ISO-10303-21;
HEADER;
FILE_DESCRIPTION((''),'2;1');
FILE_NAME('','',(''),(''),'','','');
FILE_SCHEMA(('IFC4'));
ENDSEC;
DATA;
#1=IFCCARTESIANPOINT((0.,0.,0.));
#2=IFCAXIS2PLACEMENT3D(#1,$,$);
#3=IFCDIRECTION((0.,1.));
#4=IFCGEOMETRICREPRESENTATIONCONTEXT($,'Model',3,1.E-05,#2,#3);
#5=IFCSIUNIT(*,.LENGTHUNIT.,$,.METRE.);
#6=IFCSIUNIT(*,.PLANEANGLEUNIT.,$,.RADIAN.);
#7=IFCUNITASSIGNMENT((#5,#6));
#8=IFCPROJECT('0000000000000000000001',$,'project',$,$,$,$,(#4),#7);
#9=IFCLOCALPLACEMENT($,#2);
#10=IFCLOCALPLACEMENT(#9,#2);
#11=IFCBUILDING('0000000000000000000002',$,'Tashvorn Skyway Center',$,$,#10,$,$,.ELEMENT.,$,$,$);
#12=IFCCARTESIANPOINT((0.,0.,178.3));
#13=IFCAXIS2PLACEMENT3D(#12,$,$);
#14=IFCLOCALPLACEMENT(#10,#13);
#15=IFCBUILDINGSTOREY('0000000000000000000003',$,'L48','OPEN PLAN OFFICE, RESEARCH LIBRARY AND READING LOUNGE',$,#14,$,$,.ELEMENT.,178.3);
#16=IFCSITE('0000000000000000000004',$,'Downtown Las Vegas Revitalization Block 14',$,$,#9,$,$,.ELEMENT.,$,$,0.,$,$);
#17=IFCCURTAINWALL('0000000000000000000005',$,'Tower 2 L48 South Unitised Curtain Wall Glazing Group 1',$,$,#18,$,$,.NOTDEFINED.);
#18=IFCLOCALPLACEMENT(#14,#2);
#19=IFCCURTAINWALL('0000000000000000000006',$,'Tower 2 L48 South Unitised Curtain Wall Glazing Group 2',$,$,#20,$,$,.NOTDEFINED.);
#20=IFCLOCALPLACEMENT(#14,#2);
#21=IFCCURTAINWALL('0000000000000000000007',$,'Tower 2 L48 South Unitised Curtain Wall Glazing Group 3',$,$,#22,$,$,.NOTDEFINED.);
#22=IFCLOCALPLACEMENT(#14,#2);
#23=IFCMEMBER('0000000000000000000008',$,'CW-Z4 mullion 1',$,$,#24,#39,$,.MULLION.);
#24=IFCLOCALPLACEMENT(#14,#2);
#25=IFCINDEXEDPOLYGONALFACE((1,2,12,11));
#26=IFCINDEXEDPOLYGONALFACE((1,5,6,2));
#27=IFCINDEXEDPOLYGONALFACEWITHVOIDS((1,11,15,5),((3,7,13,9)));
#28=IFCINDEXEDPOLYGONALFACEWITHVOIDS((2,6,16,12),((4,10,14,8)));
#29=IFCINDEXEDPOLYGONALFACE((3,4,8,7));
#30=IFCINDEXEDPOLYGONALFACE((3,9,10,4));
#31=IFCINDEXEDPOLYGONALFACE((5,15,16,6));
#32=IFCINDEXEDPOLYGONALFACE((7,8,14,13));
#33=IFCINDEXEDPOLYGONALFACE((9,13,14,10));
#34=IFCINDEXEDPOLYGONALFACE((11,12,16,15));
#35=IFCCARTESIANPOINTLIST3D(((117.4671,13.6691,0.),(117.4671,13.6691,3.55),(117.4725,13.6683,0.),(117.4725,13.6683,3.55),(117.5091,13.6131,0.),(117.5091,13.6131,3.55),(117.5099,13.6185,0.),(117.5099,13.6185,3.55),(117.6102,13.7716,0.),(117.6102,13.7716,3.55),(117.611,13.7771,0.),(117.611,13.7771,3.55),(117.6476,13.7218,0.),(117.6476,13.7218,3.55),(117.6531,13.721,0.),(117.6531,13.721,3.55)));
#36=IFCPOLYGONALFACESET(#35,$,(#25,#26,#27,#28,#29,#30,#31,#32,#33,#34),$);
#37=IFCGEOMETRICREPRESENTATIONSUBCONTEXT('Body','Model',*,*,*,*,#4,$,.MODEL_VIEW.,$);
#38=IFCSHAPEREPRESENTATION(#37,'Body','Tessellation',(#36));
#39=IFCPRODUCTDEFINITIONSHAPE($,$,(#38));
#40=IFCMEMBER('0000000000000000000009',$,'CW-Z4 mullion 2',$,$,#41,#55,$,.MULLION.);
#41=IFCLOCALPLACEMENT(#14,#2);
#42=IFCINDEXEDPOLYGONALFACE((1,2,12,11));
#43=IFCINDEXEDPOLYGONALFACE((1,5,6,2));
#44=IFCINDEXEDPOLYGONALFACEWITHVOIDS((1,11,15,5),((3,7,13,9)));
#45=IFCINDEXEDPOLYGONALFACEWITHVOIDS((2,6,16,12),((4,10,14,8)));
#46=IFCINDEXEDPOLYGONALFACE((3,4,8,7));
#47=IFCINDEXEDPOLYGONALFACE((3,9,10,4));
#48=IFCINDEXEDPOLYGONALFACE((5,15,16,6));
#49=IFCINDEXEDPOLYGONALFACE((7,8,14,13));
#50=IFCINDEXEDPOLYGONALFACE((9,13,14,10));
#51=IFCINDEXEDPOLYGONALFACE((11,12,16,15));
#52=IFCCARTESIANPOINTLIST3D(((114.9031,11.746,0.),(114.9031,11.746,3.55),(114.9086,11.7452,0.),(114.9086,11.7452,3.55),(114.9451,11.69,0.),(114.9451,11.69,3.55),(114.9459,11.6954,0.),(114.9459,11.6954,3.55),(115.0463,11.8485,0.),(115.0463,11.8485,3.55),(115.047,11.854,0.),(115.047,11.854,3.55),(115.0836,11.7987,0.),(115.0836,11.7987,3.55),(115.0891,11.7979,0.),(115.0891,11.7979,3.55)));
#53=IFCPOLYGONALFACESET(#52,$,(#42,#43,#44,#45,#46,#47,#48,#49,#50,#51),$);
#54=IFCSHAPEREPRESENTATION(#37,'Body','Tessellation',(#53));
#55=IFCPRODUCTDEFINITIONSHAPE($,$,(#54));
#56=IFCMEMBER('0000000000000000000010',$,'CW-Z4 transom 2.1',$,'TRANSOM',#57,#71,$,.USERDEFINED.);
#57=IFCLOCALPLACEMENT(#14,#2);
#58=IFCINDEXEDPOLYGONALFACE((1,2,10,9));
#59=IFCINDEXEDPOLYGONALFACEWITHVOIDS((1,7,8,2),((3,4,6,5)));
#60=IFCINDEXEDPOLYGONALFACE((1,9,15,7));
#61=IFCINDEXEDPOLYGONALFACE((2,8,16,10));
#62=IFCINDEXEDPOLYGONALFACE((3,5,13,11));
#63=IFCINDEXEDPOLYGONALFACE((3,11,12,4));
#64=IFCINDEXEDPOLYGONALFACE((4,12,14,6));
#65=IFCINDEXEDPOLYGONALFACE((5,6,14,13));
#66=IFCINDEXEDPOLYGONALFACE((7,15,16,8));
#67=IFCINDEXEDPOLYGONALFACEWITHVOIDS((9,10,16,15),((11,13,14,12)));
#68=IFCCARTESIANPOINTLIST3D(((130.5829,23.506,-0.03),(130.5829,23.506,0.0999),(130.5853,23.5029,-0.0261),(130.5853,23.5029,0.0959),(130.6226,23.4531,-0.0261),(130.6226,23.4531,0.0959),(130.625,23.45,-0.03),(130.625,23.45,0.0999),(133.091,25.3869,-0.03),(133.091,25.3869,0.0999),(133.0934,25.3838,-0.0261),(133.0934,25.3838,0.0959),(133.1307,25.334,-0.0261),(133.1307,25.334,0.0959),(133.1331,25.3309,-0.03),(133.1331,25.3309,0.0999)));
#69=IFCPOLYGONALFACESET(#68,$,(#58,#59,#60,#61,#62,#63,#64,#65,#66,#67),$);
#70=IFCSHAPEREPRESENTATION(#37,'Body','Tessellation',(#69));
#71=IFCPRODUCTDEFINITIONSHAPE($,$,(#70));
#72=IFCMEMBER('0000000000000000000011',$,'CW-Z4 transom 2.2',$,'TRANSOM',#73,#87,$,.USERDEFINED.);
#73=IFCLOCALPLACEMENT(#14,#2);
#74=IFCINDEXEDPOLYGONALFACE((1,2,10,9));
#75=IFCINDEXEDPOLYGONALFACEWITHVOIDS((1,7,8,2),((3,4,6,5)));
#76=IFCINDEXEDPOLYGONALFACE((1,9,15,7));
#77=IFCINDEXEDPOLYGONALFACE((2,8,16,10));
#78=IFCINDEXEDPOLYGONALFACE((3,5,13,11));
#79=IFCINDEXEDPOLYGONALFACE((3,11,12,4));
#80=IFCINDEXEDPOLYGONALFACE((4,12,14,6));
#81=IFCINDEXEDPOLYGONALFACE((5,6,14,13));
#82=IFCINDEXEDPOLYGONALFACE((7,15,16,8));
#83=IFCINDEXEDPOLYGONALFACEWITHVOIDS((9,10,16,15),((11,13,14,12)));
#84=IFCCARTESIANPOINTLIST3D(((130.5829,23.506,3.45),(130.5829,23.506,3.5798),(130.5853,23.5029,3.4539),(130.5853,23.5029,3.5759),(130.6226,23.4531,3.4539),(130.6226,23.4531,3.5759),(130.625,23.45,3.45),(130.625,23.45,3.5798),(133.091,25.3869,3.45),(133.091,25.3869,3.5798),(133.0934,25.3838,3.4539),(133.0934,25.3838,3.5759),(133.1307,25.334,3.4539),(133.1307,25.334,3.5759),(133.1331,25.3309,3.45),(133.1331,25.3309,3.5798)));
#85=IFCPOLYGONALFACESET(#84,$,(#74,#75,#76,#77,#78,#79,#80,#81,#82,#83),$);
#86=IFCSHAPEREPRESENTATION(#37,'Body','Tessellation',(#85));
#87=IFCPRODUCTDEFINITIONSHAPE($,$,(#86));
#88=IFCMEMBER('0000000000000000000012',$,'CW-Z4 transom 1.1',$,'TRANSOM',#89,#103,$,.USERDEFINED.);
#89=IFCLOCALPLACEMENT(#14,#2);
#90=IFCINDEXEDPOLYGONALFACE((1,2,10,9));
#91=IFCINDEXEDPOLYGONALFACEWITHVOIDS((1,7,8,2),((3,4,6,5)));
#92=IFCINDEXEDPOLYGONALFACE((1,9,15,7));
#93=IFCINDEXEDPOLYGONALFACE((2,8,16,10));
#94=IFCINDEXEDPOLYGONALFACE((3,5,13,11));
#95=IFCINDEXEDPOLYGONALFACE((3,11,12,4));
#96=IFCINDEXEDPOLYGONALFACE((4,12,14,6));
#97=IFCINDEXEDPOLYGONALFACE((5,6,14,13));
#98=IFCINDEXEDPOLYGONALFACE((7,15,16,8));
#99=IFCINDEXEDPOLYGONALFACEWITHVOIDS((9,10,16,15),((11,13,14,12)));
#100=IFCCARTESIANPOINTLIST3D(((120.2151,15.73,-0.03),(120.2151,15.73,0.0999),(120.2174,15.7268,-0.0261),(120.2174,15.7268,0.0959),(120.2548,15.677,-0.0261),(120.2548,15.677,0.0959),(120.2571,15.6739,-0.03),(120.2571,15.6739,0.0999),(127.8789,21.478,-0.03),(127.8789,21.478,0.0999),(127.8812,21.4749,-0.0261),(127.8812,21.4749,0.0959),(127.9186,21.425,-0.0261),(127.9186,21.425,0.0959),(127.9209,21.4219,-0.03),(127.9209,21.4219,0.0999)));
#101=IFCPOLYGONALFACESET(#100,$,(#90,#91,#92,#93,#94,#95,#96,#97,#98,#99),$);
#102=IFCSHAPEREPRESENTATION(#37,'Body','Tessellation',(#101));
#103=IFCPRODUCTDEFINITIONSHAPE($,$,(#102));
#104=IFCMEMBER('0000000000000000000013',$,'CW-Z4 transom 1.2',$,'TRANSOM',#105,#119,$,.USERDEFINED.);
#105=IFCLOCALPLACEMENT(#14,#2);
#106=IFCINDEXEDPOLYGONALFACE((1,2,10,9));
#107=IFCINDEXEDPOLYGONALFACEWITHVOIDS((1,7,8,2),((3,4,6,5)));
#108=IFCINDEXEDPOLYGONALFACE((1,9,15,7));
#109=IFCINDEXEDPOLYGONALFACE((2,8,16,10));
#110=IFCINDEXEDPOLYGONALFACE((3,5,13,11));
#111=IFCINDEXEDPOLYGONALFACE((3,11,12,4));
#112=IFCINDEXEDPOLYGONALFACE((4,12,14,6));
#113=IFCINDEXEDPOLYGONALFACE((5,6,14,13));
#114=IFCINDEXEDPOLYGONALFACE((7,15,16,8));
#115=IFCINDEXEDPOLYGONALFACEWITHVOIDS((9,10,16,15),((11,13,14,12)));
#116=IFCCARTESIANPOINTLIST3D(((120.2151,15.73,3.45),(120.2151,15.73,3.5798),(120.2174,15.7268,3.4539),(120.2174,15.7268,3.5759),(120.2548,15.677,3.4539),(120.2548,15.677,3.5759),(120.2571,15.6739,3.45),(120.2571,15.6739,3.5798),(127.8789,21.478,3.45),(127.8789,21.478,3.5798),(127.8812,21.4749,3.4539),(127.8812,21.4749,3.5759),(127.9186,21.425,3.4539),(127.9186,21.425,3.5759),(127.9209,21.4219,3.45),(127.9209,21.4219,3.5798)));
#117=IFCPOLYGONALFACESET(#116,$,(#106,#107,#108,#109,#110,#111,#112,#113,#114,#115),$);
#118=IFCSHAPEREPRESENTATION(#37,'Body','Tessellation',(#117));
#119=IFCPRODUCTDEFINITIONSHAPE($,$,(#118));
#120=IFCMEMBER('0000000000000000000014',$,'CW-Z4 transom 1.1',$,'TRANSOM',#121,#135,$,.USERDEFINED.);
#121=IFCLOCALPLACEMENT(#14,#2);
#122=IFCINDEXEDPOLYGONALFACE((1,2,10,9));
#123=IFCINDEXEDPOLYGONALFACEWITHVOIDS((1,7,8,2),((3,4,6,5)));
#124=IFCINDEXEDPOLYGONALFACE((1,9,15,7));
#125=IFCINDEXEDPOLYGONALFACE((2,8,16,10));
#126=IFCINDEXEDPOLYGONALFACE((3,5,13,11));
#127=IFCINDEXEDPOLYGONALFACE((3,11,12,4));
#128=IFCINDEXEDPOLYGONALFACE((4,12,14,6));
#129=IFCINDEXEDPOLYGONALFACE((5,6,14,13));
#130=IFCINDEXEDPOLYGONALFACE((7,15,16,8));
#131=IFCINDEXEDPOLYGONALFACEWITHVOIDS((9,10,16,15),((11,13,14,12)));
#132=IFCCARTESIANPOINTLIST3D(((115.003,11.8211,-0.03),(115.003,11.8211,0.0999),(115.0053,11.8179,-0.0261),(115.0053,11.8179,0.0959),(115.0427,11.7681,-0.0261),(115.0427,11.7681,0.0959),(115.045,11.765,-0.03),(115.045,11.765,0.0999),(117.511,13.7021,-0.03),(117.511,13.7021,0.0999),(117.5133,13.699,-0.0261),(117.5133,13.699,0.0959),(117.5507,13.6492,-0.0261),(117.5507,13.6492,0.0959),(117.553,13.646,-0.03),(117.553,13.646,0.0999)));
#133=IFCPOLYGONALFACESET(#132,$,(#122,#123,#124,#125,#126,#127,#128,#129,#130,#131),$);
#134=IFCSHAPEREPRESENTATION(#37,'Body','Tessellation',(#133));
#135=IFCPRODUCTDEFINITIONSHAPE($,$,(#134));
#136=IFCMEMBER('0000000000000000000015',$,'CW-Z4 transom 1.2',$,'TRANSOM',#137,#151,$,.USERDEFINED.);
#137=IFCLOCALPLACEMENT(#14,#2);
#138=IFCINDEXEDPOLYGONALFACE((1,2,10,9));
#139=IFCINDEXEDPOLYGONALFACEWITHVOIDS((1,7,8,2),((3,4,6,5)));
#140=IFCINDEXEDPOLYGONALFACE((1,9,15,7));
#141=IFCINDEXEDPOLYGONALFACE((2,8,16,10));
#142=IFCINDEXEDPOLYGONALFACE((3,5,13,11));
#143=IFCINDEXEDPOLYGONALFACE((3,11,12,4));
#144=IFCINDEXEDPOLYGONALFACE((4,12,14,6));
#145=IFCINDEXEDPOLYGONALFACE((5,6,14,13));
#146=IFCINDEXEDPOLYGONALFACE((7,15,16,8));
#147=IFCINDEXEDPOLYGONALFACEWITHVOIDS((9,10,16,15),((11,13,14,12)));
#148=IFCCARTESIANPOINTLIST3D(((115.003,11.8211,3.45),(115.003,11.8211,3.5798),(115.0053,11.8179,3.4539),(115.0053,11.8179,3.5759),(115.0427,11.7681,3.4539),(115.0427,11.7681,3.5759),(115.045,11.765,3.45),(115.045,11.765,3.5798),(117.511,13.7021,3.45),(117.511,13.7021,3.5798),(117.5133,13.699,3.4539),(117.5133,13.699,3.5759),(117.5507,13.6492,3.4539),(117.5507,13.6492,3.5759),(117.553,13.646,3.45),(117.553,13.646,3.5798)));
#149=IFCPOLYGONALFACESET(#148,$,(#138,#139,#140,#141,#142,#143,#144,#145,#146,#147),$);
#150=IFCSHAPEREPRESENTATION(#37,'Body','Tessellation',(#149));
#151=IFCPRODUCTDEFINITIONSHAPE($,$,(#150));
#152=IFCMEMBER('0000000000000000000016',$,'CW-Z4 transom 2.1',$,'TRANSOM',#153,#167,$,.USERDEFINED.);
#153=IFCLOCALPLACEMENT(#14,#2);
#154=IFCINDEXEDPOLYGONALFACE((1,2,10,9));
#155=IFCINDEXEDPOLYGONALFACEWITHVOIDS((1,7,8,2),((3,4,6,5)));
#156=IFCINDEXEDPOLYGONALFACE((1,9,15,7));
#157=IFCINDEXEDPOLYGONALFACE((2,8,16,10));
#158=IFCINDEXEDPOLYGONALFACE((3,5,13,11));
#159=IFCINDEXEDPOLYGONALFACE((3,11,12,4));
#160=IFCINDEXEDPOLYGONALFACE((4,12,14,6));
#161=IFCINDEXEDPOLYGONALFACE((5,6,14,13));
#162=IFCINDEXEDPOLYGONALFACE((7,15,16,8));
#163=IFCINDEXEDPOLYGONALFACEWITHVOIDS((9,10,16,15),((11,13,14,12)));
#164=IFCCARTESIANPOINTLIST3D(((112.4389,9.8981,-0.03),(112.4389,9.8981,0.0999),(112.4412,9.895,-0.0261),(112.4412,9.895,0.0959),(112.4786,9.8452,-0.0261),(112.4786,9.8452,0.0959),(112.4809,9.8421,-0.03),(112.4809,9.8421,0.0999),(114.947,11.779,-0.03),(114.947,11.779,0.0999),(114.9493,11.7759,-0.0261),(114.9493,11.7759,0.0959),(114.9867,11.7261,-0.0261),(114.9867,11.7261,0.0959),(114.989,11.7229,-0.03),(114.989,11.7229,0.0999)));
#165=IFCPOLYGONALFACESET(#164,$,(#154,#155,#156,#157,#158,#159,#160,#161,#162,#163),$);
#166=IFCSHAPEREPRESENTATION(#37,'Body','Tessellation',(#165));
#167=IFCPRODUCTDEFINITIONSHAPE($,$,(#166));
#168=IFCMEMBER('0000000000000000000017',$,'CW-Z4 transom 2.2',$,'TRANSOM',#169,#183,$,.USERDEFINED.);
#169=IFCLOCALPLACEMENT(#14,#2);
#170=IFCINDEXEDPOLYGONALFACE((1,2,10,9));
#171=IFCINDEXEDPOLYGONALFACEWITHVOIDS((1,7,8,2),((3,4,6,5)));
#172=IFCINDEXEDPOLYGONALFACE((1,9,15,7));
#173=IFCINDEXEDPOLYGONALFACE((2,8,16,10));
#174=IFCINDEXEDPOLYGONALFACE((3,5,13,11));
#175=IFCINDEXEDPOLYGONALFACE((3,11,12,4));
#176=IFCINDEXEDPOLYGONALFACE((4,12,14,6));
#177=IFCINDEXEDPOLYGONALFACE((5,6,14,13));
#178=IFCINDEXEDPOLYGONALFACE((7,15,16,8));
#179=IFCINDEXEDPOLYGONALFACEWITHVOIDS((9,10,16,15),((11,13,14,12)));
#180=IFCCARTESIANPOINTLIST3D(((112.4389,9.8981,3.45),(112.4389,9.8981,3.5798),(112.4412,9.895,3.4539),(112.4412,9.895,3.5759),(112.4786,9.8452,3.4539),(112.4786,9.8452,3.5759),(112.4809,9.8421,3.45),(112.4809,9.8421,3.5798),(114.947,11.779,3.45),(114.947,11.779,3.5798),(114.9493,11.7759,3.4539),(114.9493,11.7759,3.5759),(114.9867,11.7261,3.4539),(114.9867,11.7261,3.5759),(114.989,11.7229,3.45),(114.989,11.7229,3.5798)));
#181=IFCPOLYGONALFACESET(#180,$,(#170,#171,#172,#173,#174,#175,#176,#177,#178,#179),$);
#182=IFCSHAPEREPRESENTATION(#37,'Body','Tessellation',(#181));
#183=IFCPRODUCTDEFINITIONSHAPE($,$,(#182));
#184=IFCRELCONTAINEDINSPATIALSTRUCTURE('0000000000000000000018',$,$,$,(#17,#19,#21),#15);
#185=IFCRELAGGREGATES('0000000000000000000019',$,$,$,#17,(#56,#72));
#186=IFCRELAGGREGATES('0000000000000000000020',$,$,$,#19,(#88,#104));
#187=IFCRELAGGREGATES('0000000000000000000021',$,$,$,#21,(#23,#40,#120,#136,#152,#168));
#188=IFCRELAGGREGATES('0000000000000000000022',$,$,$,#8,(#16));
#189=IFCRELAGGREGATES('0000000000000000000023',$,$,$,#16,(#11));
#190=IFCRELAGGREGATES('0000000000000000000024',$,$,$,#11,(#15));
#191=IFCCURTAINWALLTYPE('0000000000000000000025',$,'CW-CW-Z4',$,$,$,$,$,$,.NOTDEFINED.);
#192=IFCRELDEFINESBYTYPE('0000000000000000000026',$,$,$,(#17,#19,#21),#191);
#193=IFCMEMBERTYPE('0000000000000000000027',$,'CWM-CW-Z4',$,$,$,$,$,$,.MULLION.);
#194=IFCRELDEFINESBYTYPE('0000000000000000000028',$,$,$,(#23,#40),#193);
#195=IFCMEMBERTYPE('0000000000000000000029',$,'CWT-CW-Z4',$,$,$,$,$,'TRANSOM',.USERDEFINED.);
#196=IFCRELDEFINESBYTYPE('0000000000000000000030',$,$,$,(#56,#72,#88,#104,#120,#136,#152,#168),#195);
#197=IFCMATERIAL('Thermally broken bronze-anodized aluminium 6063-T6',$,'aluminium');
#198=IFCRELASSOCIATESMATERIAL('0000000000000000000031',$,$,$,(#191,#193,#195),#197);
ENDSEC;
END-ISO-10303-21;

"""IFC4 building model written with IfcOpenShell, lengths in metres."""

from ifc_helpers import new_model, si_unit, direction, frame, origin, origin_2d, place, context, subcontext, project, spatial, hollow_rectangle, extrude, material, material_profile, profile_set, type_object, element, aggregate, save


model = new_model("IFC4")

# Units and contexts
model_context = context("Model", 3, precision=1e-05, world=origin(), true_north=direction((0.0, 1.0)))
body_context = subcontext(model_context, "Body", "Model", "MODEL_VIEW")
ifc_project = project(units=[si_unit("LENGTHUNIT", "METRE"), si_unit("PLANEANGLEUNIT", "RADIAN")], contexts=[model_context])

# Site, building, storey
site_placement = place(None, origin())
site = spatial("IfcSite", under=ifc_project, at=site_placement, Name="Downtown Las Vegas Revitalization Block 14", CompositionType="ELEMENT", RefElevation=0.0)
building_placement = place(site_placement, origin())
building = spatial("IfcBuilding", under=site, at=building_placement, Name="Tashvorn Skyway Center", CompositionType="ELEMENT")
storey_placement = place(building_placement, frame((0.0, 0.0, 178.3)))
storey = spatial("IfcBuildingStorey", under=building, at=storey_placement, Name="L48", Description="OPEN PLAN OFFICE, RESEARCH LIBRARY AND READING LOUNGE", CompositionType="ELEMENT", Elevation=178.3)

# Curtain wall
ifc_material_1 = material(Name="Thermally broken bronze-anodized aluminium 6063-T6", Category="aluminium")
curtain_wall_type = type_object("IfcCurtainWallType", Name="CW-CW-Z4", PredefinedType="NOTDEFINED", material=ifc_material_1)
curtain_wall_1_placement = place(storey_placement, origin())
curtain_wall_1 = element("IfcCurtainWall", 1, at=curtain_wall_1_placement, inside=storey, type_object=curtain_wall_type, Name="Tower 2 L48 South Unitised Curtain Wall Glazing Group 1", PredefinedType="NOTDEFINED")
ifc_material_profile_1 = material_profile(ifc_material_1, hollow_rectangle(XDim=0.0701, YDim=0.1799, WallThickness=0.0039, at=origin_2d()), Name="ALU-MULL-70x180")
ifc_profile_set_1 = profile_set([ifc_material_profile_1], Name="Thermally broken bronze-anodized aluminium 6063-T6")
member_type_1 = type_object("IfcMemberType", Name="CWM-CW-Z4", PredefinedType="MULLION", material=ifc_profile_set_1)

# Curtain walls, members
curtain_wall_2_placement = place(storey_placement, origin())
curtain_wall_2 = element("IfcCurtainWall", 2, at=curtain_wall_2_placement, inside=storey, type_object=curtain_wall_type, Name="Tower 2 L48 South Unitised Curtain Wall Glazing Group 2", PredefinedType="NOTDEFINED")
curtain_wall_3_placement = place(storey_placement, origin())
curtain_wall_3 = element("IfcCurtainWall", 3, at=curtain_wall_3_placement, inside=storey, type_object=curtain_wall_type, Name="Tower 2 L48 South Unitised Curtain Wall Glazing Group 3", PredefinedType="NOTDEFINED")
member_1_placement = place(storey_placement, frame((117.5601, 13.6951, 0.0), z_axis=(0.0, 0.0, 1.0), x_axis=(0.6, -0.8, 0.0)))
member_1 = element("IfcMember", 4, at=member_1_placement, type_object=member_type_1, Name="CW-Z4 mullion 1", PredefinedType="MULLION", context=body_context, shape_type="SweptSolid", body=[
    extrude(hollow_rectangle(XDim=0.0701, YDim=0.1799, WallThickness=0.0039, at=origin_2d()), origin(), (0.0, 0.0, 1.0), 3.55),
])
member_2_placement = place(storey_placement, frame((114.9961, 11.772, 0.0), z_axis=(0.0, 0.0, 1.0), x_axis=(0.6, -0.8, 0.0)))
member_2 = element("IfcMember", 5, at=member_2_placement, type_object=member_type_1, Name="CW-Z4 mullion 2", PredefinedType="MULLION", context=body_context, shape_type="SweptSolid", body=[
    extrude(hollow_rectangle(XDim=0.0701, YDim=0.1799, WallThickness=0.0039, at=origin_2d()), origin(), (0.0, 0.0, 1.0), 3.55),
])

# Members
ifc_material_profile_2 = material_profile(ifc_material_1, hollow_rectangle(XDim=0.0701, YDim=0.1299, WallThickness=0.0039, at=origin_2d()), Name="ALU-TRAN-70x130")
ifc_profile_set_2 = profile_set([ifc_material_profile_2], Name="Thermally broken bronze-anodized aluminium 6063-T6")
member_type_2 = type_object("IfcMemberType", Name="CWT-CW-Z4", ElementType="TRANSOM", PredefinedType="USERDEFINED", material=ifc_profile_set_2)
member_3_placement = place(storey_placement, frame((133.1121, 25.3589, 0.0349), z_axis=(-0.800028, -0.599963, 0.0), x_axis=(0.599963, -0.800028, 0.0)))
member_3 = element("IfcMember", 6, at=member_3_placement, type_object=member_type_2, Name="CW-Z4 transom 2.1", ObjectType="TRANSOM", PredefinedType="USERDEFINED", context=body_context, shape_type="SweptSolid", body=[
    extrude(hollow_rectangle(XDim=0.0701, YDim=0.1299, WallThickness=0.0039, at=origin_2d()), origin(), (0.0, 0.0, 1.0), 3.135),
])
member_4_placement = place(storey_placement, frame((133.1121, 25.3589, 3.5149), z_axis=(-0.800028, -0.599963, 0.0), x_axis=(0.599963, -0.800028, 0.0)))
member_4 = element("IfcMember", 7, at=member_4_placement, type_object=member_type_2, Name="CW-Z4 transom 2.2", ObjectType="TRANSOM", PredefinedType="USERDEFINED", context=body_context, shape_type="SweptSolid", body=[
    extrude(hollow_rectangle(XDim=0.0701, YDim=0.1299, WallThickness=0.0039, at=origin_2d()), origin(), (0.0, 0.0, 1.0), 3.135),
])
member_5_placement = place(storey_placement, frame((127.8999, 21.45, 0.0349), z_axis=(-0.799991, -0.600012, 0.0), x_axis=(0.600012, -0.799991, 0.0)))
member_5 = element("IfcMember", 8, at=member_5_placement, type_object=member_type_2, Name="CW-Z4 transom 1.1", ObjectType="TRANSOM", PredefinedType="USERDEFINED", context=body_context, shape_type="SweptSolid", body=[
    extrude(hollow_rectangle(XDim=0.0701, YDim=0.1299, WallThickness=0.0039, at=origin_2d()), origin(), (0.0, 0.0, 1.0), 9.5798),
])
member_6_placement = place(storey_placement, frame((127.8999, 21.45, 3.5149), z_axis=(-0.799991, -0.600012, 0.0), x_axis=(0.600012, -0.799991, 0.0)))
member_6 = element("IfcMember", 9, at=member_6_placement, type_object=member_type_2, Name="CW-Z4 transom 1.2", ObjectType="TRANSOM", PredefinedType="USERDEFINED", context=body_context, shape_type="SweptSolid", body=[
    extrude(hollow_rectangle(XDim=0.0701, YDim=0.1299, WallThickness=0.0039, at=origin_2d()), origin(), (0.0, 0.0, 1.0), 9.5798),
])
member_7_placement = place(storey_placement, frame((117.532, 13.6741, 0.0349), z_axis=(-0.799991, -0.600012, 0.0), x_axis=(0.600012, -0.799991, 0.0)))
member_7 = element("IfcMember", 10, at=member_7_placement, type_object=member_type_2, Name="CW-Z4 transom 1.1", ObjectType="TRANSOM", PredefinedType="USERDEFINED", context=body_context, shape_type="SweptSolid", body=[
    extrude(hollow_rectangle(XDim=0.0701, YDim=0.1299, WallThickness=0.0039, at=origin_2d()), origin(), (0.0, 0.0, 1.0), 3.135),
])
member_8_placement = place(storey_placement, frame((117.532, 13.6741, 3.5149), z_axis=(-0.799991, -0.600012, 0.0), x_axis=(0.600012, -0.799991, 0.0)))
member_8 = element("IfcMember", 11, at=member_8_placement, type_object=member_type_2, Name="CW-Z4 transom 1.2", ObjectType="TRANSOM", PredefinedType="USERDEFINED", context=body_context, shape_type="SweptSolid", body=[
    extrude(hollow_rectangle(XDim=0.0701, YDim=0.1299, WallThickness=0.0039, at=origin_2d()), origin(), (0.0, 0.0, 1.0), 3.135),
])
member_9_placement = place(storey_placement, frame((114.968, 11.751, 0.0349), z_axis=(-0.800028, -0.599963, 0.0), x_axis=(0.599963, -0.800028, 0.0)))
member_9 = element("IfcMember", 12, at=member_9_placement, type_object=member_type_2, Name="CW-Z4 transom 2.1", ObjectType="TRANSOM", PredefinedType="USERDEFINED", context=body_context, shape_type="SweptSolid", body=[
    extrude(hollow_rectangle(XDim=0.0701, YDim=0.1299, WallThickness=0.0039, at=origin_2d()), origin(), (0.0, 0.0, 1.0), 3.135),
])
member_10_placement = place(storey_placement, frame((114.968, 11.751, 3.5149), z_axis=(-0.800028, -0.599963, 0.0), x_axis=(0.599963, -0.800028, 0.0)))
member_10 = element("IfcMember", 13, at=member_10_placement, type_object=member_type_2, Name="CW-Z4 transom 2.2", ObjectType="TRANSOM", PredefinedType="USERDEFINED", context=body_context, shape_type="SweptSolid", body=[
    extrude(hollow_rectangle(XDim=0.0701, YDim=0.1299, WallThickness=0.0039, at=origin_2d()), origin(), (0.0, 0.0, 1.0), 3.135),
])

aggregate(curtain_wall_1, [member_3, member_4])
aggregate(curtain_wall_2, [member_5, member_6])
aggregate(curtain_wall_3, [member_1, member_2, member_7, member_8, member_9, member_10])

save(model, "model.ifc")
